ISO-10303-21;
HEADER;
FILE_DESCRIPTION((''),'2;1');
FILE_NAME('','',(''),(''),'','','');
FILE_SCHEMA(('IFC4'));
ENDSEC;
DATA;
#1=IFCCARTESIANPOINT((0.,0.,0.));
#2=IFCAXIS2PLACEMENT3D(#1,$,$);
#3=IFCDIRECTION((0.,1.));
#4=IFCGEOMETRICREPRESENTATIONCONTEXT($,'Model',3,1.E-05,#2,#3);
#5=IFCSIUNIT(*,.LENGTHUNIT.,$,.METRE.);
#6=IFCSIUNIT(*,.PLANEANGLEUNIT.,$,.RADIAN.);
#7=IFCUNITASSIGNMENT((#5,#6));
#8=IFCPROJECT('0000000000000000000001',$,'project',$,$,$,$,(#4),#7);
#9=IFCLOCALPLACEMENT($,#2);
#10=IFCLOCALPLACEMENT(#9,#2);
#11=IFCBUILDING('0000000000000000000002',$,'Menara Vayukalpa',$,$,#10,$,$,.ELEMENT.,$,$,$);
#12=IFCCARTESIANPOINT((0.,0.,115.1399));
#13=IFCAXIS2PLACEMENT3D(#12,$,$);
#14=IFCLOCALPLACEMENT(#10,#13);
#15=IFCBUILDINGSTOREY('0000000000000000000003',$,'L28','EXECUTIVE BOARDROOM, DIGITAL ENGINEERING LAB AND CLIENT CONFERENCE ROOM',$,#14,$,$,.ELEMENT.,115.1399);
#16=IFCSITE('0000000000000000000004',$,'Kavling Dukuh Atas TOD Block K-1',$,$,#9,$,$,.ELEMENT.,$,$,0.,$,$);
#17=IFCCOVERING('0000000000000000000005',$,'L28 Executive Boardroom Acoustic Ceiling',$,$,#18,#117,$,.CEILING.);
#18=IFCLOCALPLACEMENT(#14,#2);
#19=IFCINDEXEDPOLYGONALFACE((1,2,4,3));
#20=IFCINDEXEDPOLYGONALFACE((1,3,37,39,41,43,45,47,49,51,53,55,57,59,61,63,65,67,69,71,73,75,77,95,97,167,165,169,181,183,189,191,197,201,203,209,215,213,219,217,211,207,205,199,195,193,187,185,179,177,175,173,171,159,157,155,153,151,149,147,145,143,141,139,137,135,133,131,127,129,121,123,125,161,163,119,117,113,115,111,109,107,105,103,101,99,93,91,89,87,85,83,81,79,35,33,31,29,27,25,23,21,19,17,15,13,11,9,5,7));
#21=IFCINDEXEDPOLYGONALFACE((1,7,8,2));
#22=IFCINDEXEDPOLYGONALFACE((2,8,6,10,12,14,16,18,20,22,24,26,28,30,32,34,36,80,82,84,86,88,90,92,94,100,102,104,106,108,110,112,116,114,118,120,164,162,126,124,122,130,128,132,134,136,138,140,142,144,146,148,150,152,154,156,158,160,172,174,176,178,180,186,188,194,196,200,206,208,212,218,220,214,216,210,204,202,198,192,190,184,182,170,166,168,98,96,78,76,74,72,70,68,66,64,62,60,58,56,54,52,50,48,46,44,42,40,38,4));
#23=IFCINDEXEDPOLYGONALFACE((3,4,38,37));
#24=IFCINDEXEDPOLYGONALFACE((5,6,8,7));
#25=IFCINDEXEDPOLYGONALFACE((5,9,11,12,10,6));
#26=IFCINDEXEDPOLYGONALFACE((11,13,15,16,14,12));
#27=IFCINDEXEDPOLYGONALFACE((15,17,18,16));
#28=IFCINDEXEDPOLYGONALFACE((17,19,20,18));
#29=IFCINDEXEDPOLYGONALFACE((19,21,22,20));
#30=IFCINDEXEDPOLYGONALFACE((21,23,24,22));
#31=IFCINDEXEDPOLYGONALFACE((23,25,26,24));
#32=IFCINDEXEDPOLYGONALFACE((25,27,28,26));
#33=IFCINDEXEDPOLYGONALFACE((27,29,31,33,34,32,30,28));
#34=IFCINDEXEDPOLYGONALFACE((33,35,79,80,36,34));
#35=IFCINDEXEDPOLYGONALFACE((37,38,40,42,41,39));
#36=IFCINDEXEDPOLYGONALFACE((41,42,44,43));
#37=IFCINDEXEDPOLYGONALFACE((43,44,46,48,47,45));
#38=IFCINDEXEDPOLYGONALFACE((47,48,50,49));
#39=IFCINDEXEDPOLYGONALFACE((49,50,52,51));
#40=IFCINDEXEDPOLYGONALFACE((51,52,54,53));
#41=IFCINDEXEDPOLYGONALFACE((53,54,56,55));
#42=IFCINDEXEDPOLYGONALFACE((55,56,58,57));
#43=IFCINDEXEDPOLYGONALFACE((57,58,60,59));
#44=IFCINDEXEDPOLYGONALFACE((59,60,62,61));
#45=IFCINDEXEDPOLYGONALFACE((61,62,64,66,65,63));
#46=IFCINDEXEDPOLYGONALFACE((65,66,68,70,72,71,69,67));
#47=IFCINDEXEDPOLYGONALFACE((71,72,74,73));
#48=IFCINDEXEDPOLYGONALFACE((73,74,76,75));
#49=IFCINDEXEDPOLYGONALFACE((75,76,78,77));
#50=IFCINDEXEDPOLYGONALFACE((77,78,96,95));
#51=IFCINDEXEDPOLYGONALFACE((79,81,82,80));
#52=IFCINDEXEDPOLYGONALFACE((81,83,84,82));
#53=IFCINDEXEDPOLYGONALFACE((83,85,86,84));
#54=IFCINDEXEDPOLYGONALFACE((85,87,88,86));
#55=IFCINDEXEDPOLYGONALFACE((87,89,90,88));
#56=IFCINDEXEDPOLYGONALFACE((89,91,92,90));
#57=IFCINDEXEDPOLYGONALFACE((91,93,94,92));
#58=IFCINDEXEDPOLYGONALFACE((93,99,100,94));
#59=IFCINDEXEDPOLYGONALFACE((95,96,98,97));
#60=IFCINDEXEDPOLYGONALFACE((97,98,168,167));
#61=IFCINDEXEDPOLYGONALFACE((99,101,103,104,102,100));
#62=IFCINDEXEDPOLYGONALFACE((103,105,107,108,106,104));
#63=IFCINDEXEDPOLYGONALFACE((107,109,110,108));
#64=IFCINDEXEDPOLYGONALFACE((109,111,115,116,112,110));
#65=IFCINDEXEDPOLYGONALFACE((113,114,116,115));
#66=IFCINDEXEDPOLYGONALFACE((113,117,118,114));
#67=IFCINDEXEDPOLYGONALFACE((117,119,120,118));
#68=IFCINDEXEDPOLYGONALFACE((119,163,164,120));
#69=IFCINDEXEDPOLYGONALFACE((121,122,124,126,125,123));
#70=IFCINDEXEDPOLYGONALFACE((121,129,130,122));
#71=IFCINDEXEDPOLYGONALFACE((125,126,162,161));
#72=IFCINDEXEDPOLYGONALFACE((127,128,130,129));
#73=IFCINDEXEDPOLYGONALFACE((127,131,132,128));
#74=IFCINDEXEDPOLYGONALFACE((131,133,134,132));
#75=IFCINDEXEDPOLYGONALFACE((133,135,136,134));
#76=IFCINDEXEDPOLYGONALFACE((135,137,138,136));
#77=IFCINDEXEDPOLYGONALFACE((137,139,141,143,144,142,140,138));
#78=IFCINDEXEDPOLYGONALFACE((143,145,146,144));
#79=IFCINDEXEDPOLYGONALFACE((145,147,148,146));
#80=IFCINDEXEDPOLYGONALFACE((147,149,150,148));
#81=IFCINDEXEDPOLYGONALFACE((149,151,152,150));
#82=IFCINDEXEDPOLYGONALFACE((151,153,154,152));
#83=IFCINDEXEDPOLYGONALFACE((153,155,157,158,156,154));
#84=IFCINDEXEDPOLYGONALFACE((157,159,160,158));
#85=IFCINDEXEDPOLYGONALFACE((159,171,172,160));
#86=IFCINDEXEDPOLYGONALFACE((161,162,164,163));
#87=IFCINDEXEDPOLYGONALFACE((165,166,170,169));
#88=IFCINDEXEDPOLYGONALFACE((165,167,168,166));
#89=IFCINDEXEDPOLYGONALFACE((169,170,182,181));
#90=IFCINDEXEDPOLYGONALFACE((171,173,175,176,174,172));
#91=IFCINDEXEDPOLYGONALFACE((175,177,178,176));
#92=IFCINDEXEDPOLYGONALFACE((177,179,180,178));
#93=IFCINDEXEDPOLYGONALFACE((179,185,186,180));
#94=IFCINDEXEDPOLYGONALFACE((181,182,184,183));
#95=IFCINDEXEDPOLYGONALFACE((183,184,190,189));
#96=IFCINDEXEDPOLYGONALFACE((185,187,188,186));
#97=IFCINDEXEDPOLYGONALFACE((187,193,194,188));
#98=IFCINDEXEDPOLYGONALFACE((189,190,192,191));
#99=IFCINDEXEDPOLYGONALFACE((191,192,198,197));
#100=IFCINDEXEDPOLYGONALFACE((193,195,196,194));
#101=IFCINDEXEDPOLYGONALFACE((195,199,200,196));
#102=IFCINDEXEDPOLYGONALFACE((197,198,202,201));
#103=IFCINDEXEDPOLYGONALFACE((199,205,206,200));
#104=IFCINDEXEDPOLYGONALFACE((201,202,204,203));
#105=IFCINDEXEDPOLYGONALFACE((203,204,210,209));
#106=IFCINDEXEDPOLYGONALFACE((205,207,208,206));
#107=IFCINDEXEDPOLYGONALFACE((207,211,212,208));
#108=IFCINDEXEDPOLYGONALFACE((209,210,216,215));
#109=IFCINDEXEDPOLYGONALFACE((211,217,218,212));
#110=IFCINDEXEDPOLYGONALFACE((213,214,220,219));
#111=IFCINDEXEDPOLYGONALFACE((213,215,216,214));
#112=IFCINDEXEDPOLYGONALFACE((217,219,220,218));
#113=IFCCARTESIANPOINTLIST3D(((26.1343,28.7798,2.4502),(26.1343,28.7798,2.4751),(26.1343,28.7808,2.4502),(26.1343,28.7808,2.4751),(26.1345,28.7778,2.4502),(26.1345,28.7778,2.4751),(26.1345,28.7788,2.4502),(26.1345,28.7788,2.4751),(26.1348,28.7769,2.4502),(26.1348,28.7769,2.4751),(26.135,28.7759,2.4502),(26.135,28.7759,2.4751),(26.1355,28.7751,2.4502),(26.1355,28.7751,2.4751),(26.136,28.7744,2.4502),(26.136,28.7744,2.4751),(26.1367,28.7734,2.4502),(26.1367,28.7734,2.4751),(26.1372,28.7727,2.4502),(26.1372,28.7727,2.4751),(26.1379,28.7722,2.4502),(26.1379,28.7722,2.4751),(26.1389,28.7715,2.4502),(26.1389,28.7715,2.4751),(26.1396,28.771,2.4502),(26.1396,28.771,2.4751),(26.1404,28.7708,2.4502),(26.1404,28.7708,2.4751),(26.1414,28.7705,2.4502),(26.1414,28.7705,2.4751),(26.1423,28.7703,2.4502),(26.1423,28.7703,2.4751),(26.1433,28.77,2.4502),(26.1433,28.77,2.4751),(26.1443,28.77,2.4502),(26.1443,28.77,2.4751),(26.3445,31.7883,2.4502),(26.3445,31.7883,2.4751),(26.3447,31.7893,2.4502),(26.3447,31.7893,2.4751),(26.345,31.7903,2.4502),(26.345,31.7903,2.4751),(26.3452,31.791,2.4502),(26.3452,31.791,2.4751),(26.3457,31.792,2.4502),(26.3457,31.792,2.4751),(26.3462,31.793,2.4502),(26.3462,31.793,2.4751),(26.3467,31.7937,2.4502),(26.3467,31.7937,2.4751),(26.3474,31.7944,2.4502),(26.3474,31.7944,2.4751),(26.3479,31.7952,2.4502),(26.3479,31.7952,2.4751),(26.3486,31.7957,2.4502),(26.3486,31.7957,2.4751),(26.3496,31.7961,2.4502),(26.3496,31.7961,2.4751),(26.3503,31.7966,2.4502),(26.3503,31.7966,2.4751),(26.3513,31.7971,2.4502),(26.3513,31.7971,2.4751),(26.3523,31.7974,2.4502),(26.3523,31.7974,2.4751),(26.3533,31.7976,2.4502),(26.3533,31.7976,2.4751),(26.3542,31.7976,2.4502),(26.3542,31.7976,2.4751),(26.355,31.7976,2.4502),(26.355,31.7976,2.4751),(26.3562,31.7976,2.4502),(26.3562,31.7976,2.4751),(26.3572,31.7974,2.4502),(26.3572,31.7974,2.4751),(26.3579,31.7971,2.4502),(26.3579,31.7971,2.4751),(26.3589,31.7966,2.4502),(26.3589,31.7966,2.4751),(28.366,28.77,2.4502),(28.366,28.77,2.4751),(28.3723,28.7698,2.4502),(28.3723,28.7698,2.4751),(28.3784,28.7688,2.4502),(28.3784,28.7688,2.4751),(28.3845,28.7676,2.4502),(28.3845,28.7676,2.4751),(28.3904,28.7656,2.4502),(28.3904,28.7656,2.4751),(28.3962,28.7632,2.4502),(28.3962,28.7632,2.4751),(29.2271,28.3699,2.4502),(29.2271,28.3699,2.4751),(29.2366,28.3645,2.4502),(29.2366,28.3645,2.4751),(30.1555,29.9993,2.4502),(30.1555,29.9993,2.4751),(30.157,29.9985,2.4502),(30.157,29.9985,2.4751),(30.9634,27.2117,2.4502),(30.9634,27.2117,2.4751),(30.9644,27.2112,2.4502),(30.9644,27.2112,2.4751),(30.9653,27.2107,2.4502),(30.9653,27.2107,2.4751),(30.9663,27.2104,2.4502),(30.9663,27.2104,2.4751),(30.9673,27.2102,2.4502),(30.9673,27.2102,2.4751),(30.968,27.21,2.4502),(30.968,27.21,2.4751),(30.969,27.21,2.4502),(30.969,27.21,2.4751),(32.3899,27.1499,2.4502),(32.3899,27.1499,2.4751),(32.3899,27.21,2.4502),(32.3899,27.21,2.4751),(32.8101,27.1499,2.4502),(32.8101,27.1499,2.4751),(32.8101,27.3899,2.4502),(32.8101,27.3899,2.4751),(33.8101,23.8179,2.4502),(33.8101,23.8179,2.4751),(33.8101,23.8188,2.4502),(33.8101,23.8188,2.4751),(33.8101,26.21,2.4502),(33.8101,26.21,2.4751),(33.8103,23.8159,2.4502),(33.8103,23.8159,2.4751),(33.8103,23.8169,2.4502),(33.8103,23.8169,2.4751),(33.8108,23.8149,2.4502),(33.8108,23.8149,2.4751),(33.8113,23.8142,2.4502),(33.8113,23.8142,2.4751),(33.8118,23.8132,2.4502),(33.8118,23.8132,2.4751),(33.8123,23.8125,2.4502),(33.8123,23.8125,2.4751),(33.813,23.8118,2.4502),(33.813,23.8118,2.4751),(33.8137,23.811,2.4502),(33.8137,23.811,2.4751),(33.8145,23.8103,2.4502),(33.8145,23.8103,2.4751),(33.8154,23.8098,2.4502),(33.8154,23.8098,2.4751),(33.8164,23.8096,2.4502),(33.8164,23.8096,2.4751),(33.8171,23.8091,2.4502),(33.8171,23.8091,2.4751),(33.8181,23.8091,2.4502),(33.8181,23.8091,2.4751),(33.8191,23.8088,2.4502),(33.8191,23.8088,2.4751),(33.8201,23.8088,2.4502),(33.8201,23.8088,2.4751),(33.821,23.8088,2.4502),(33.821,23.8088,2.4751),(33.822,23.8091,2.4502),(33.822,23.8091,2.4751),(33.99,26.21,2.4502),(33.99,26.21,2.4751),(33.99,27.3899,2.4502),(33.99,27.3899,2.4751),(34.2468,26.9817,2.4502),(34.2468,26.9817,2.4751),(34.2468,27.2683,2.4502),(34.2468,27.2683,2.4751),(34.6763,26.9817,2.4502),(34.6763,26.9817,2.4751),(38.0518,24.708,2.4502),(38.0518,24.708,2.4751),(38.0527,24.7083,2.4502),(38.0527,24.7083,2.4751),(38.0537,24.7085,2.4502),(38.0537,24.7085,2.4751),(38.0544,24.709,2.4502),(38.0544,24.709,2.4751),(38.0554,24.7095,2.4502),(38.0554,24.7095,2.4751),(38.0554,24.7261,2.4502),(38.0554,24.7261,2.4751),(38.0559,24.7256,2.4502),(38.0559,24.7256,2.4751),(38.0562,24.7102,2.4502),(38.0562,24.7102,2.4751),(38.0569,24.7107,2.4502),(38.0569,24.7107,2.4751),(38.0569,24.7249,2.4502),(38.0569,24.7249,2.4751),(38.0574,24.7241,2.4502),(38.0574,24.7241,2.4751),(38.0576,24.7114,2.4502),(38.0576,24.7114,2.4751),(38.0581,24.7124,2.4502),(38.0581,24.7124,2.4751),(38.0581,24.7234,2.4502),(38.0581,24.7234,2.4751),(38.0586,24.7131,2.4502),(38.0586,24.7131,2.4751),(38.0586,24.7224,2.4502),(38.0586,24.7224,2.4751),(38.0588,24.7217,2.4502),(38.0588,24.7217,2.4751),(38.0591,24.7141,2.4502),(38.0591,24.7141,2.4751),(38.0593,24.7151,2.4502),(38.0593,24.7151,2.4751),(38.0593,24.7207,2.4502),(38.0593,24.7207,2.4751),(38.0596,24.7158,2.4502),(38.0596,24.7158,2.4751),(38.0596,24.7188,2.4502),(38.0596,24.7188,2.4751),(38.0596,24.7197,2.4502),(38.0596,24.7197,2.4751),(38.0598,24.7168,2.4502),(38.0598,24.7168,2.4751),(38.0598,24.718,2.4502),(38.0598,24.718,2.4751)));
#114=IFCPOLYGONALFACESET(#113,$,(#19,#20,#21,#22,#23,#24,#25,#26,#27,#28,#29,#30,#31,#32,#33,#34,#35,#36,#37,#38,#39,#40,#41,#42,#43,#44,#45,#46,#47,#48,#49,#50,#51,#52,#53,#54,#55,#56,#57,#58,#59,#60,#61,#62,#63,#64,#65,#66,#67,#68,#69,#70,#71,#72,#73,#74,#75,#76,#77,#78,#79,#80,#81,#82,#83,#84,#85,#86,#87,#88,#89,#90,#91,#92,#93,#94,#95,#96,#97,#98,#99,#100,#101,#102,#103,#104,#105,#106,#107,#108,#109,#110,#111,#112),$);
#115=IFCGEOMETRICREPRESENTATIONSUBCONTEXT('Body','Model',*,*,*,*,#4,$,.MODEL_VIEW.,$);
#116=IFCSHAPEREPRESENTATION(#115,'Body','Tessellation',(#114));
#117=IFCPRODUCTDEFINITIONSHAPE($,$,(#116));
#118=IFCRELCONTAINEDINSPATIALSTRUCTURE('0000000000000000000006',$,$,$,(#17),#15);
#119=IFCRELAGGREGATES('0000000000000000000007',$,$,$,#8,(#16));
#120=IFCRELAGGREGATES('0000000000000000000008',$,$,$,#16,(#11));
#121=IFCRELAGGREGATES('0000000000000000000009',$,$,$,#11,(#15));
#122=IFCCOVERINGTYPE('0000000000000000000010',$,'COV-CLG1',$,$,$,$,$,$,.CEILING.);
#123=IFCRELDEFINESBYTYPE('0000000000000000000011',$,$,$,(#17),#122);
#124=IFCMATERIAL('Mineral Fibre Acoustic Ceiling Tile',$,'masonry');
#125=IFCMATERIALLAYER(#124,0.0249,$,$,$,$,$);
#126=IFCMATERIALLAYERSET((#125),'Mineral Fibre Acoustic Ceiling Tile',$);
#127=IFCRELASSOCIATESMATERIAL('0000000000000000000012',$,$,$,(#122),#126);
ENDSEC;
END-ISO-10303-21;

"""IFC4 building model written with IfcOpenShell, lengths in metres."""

from ifc_helpers import new_model, si_unit, direction, frame, origin, place, context, subcontext, project, spatial, polyline, outline, extrude, material, layer, layer_set, type_object, element, save


model = new_model("IFC4")

# Units and contexts
model_context = context("Model", 3, precision=1e-05, world=origin(), true_north=direction((0.0, 1.0)))
body_context = subcontext(model_context, "Body", "Model", "MODEL_VIEW")
ifc_project = project(units=[si_unit("LENGTHUNIT", "METRE"), si_unit("PLANEANGLEUNIT", "RADIAN")], contexts=[model_context])

# Site, building, storey
site_placement = place(None, origin())
site = spatial("IfcSite", under=ifc_project, at=site_placement, Name="Kavling Dukuh Atas TOD Block K-1", CompositionType="ELEMENT", RefElevation=0.0)
building_placement = place(site_placement, origin())
building = spatial("IfcBuilding", under=site, at=building_placement, Name="Menara Vayukalpa", CompositionType="ELEMENT")
storey_placement = place(building_placement, frame((0.0, 0.0, 115.1399)))
storey = spatial("IfcBuildingStorey", under=building, at=storey_placement, Name="L28", Description="EXECUTIVE BOARDROOM, DIGITAL ENGINEERING LAB AND CLIENT CONFERENCE ROOM", CompositionType="ELEMENT", Elevation=115.1399)

# Covering
ifc_material_1 = material(Name="Mineral Fibre Acoustic Ceiling Tile", Category="masonry")
ifc_layer_1 = layer(ifc_material_1, 0.0249)
ifc_layer_set_1 = layer_set([ifc_layer_1], Name="Mineral Fibre Acoustic Ceiling Tile")
covering_type_1 = type_object("IfcCoveringType", Name="COV-CLG1", PredefinedType="CEILING", material=ifc_layer_set_1)
covering_1_placement = place(storey_placement, frame((0.0, 0.0, 2.4502)))
element("IfcCovering", 1, at=covering_1_placement, inside=storey, type_object=covering_type_1, Name="L28 Executive Boardroom Acoustic Ceiling", PredefinedType="CEILING", context=body_context, shape_type="SweptSolid", body=[
    extrude(outline(polyline([(30.969, 27.21), (30.968, 27.21), (30.9673, 27.2102), (30.9663, 27.2104), (30.9653, 27.2107), (30.9644, 27.2112), (30.9634, 27.2117), (29.2366, 28.3645), (29.2271, 28.3699), (28.3962, 28.7632), (28.3904, 28.7656), (28.3845, 28.7676), (28.3784, 28.7688), (28.3723, 28.7698), (28.366, 28.77), (26.1443, 28.77), (26.1433, 28.77), (26.1423, 28.7703), (26.1414, 28.7705), (26.1404, 28.7708), (26.1396, 28.771), (26.1389, 28.7715), (26.1379, 28.7722), (26.1372, 28.7727), (26.1367, 28.7734), (26.136, 28.7744), (26.1355, 28.7751), (26.135, 28.7759), (26.1348, 28.7769), (26.1345, 28.7778), (26.1345, 28.7788), (26.1343, 28.7798), (26.1343, 28.7808), (26.3445, 31.7883), (26.3447, 31.7893), (26.345, 31.7903), (26.3452, 31.791), (26.3457, 31.792), (26.3462, 31.793), (26.3467, 31.7937), (26.3474, 31.7944), (26.3479, 31.7952), (26.3486, 31.7957), (26.3496, 31.7961), (26.3503, 31.7966), (26.3513, 31.7971), (26.3523, 31.7974), (26.3533, 31.7976), (26.3542, 31.7976), (26.355, 31.7976), (26.3562, 31.7976), (26.3572, 31.7974), (26.3579, 31.7971), (26.3589, 31.7966), (30.1555, 29.9993), (30.157, 29.9985), (34.2468, 27.2683), (34.2468, 26.9817), (34.6763, 26.9817), (38.0554, 24.7261), (38.0559, 24.7256), (38.0569, 24.7249), (38.0574, 24.7241), (38.0581, 24.7234), (38.0586, 24.7224), (38.0588, 24.7217), (38.0593, 24.7207), (38.0596, 24.7197), (38.0596, 24.7188), (38.0598, 24.718), (38.0598, 24.7168), (38.0596, 24.7158), (38.0593, 24.7151), (38.0591, 24.7141), (38.0586, 24.7131), (38.0581, 24.7124), (38.0576, 24.7114), (38.0569, 24.7107), (38.0562, 24.7102), (38.0554, 24.7095), (38.0544, 24.709), (38.0537, 24.7085), (38.0527, 24.7083), (38.0518, 24.708), (33.822, 23.8091), (33.821, 23.8088), (33.8201, 23.8088), (33.8191, 23.8088), (33.8181, 23.8091), (33.8171, 23.8091), (33.8164, 23.8096), (33.8154, 23.8098), (33.8145, 23.8103), (33.8137, 23.811), (33.813, 23.8118), (33.8123, 23.8125), (33.8118, 23.8132), (33.8113, 23.8142), (33.8108, 23.8149), (33.8103, 23.8159), (33.8103, 23.8169), (33.8101, 23.8179), (33.8101, 23.8188), (33.8101, 26.21), (33.99, 26.21), (33.99, 27.3899), (32.8101, 27.3899), (32.8101, 27.1499), (32.3899, 27.1499), (32.3899, 27.21), (30.969, 27.21)])), origin(), (0.0, 0.0, 1.0), 0.0249),
])

save(model, "model.ifc")
